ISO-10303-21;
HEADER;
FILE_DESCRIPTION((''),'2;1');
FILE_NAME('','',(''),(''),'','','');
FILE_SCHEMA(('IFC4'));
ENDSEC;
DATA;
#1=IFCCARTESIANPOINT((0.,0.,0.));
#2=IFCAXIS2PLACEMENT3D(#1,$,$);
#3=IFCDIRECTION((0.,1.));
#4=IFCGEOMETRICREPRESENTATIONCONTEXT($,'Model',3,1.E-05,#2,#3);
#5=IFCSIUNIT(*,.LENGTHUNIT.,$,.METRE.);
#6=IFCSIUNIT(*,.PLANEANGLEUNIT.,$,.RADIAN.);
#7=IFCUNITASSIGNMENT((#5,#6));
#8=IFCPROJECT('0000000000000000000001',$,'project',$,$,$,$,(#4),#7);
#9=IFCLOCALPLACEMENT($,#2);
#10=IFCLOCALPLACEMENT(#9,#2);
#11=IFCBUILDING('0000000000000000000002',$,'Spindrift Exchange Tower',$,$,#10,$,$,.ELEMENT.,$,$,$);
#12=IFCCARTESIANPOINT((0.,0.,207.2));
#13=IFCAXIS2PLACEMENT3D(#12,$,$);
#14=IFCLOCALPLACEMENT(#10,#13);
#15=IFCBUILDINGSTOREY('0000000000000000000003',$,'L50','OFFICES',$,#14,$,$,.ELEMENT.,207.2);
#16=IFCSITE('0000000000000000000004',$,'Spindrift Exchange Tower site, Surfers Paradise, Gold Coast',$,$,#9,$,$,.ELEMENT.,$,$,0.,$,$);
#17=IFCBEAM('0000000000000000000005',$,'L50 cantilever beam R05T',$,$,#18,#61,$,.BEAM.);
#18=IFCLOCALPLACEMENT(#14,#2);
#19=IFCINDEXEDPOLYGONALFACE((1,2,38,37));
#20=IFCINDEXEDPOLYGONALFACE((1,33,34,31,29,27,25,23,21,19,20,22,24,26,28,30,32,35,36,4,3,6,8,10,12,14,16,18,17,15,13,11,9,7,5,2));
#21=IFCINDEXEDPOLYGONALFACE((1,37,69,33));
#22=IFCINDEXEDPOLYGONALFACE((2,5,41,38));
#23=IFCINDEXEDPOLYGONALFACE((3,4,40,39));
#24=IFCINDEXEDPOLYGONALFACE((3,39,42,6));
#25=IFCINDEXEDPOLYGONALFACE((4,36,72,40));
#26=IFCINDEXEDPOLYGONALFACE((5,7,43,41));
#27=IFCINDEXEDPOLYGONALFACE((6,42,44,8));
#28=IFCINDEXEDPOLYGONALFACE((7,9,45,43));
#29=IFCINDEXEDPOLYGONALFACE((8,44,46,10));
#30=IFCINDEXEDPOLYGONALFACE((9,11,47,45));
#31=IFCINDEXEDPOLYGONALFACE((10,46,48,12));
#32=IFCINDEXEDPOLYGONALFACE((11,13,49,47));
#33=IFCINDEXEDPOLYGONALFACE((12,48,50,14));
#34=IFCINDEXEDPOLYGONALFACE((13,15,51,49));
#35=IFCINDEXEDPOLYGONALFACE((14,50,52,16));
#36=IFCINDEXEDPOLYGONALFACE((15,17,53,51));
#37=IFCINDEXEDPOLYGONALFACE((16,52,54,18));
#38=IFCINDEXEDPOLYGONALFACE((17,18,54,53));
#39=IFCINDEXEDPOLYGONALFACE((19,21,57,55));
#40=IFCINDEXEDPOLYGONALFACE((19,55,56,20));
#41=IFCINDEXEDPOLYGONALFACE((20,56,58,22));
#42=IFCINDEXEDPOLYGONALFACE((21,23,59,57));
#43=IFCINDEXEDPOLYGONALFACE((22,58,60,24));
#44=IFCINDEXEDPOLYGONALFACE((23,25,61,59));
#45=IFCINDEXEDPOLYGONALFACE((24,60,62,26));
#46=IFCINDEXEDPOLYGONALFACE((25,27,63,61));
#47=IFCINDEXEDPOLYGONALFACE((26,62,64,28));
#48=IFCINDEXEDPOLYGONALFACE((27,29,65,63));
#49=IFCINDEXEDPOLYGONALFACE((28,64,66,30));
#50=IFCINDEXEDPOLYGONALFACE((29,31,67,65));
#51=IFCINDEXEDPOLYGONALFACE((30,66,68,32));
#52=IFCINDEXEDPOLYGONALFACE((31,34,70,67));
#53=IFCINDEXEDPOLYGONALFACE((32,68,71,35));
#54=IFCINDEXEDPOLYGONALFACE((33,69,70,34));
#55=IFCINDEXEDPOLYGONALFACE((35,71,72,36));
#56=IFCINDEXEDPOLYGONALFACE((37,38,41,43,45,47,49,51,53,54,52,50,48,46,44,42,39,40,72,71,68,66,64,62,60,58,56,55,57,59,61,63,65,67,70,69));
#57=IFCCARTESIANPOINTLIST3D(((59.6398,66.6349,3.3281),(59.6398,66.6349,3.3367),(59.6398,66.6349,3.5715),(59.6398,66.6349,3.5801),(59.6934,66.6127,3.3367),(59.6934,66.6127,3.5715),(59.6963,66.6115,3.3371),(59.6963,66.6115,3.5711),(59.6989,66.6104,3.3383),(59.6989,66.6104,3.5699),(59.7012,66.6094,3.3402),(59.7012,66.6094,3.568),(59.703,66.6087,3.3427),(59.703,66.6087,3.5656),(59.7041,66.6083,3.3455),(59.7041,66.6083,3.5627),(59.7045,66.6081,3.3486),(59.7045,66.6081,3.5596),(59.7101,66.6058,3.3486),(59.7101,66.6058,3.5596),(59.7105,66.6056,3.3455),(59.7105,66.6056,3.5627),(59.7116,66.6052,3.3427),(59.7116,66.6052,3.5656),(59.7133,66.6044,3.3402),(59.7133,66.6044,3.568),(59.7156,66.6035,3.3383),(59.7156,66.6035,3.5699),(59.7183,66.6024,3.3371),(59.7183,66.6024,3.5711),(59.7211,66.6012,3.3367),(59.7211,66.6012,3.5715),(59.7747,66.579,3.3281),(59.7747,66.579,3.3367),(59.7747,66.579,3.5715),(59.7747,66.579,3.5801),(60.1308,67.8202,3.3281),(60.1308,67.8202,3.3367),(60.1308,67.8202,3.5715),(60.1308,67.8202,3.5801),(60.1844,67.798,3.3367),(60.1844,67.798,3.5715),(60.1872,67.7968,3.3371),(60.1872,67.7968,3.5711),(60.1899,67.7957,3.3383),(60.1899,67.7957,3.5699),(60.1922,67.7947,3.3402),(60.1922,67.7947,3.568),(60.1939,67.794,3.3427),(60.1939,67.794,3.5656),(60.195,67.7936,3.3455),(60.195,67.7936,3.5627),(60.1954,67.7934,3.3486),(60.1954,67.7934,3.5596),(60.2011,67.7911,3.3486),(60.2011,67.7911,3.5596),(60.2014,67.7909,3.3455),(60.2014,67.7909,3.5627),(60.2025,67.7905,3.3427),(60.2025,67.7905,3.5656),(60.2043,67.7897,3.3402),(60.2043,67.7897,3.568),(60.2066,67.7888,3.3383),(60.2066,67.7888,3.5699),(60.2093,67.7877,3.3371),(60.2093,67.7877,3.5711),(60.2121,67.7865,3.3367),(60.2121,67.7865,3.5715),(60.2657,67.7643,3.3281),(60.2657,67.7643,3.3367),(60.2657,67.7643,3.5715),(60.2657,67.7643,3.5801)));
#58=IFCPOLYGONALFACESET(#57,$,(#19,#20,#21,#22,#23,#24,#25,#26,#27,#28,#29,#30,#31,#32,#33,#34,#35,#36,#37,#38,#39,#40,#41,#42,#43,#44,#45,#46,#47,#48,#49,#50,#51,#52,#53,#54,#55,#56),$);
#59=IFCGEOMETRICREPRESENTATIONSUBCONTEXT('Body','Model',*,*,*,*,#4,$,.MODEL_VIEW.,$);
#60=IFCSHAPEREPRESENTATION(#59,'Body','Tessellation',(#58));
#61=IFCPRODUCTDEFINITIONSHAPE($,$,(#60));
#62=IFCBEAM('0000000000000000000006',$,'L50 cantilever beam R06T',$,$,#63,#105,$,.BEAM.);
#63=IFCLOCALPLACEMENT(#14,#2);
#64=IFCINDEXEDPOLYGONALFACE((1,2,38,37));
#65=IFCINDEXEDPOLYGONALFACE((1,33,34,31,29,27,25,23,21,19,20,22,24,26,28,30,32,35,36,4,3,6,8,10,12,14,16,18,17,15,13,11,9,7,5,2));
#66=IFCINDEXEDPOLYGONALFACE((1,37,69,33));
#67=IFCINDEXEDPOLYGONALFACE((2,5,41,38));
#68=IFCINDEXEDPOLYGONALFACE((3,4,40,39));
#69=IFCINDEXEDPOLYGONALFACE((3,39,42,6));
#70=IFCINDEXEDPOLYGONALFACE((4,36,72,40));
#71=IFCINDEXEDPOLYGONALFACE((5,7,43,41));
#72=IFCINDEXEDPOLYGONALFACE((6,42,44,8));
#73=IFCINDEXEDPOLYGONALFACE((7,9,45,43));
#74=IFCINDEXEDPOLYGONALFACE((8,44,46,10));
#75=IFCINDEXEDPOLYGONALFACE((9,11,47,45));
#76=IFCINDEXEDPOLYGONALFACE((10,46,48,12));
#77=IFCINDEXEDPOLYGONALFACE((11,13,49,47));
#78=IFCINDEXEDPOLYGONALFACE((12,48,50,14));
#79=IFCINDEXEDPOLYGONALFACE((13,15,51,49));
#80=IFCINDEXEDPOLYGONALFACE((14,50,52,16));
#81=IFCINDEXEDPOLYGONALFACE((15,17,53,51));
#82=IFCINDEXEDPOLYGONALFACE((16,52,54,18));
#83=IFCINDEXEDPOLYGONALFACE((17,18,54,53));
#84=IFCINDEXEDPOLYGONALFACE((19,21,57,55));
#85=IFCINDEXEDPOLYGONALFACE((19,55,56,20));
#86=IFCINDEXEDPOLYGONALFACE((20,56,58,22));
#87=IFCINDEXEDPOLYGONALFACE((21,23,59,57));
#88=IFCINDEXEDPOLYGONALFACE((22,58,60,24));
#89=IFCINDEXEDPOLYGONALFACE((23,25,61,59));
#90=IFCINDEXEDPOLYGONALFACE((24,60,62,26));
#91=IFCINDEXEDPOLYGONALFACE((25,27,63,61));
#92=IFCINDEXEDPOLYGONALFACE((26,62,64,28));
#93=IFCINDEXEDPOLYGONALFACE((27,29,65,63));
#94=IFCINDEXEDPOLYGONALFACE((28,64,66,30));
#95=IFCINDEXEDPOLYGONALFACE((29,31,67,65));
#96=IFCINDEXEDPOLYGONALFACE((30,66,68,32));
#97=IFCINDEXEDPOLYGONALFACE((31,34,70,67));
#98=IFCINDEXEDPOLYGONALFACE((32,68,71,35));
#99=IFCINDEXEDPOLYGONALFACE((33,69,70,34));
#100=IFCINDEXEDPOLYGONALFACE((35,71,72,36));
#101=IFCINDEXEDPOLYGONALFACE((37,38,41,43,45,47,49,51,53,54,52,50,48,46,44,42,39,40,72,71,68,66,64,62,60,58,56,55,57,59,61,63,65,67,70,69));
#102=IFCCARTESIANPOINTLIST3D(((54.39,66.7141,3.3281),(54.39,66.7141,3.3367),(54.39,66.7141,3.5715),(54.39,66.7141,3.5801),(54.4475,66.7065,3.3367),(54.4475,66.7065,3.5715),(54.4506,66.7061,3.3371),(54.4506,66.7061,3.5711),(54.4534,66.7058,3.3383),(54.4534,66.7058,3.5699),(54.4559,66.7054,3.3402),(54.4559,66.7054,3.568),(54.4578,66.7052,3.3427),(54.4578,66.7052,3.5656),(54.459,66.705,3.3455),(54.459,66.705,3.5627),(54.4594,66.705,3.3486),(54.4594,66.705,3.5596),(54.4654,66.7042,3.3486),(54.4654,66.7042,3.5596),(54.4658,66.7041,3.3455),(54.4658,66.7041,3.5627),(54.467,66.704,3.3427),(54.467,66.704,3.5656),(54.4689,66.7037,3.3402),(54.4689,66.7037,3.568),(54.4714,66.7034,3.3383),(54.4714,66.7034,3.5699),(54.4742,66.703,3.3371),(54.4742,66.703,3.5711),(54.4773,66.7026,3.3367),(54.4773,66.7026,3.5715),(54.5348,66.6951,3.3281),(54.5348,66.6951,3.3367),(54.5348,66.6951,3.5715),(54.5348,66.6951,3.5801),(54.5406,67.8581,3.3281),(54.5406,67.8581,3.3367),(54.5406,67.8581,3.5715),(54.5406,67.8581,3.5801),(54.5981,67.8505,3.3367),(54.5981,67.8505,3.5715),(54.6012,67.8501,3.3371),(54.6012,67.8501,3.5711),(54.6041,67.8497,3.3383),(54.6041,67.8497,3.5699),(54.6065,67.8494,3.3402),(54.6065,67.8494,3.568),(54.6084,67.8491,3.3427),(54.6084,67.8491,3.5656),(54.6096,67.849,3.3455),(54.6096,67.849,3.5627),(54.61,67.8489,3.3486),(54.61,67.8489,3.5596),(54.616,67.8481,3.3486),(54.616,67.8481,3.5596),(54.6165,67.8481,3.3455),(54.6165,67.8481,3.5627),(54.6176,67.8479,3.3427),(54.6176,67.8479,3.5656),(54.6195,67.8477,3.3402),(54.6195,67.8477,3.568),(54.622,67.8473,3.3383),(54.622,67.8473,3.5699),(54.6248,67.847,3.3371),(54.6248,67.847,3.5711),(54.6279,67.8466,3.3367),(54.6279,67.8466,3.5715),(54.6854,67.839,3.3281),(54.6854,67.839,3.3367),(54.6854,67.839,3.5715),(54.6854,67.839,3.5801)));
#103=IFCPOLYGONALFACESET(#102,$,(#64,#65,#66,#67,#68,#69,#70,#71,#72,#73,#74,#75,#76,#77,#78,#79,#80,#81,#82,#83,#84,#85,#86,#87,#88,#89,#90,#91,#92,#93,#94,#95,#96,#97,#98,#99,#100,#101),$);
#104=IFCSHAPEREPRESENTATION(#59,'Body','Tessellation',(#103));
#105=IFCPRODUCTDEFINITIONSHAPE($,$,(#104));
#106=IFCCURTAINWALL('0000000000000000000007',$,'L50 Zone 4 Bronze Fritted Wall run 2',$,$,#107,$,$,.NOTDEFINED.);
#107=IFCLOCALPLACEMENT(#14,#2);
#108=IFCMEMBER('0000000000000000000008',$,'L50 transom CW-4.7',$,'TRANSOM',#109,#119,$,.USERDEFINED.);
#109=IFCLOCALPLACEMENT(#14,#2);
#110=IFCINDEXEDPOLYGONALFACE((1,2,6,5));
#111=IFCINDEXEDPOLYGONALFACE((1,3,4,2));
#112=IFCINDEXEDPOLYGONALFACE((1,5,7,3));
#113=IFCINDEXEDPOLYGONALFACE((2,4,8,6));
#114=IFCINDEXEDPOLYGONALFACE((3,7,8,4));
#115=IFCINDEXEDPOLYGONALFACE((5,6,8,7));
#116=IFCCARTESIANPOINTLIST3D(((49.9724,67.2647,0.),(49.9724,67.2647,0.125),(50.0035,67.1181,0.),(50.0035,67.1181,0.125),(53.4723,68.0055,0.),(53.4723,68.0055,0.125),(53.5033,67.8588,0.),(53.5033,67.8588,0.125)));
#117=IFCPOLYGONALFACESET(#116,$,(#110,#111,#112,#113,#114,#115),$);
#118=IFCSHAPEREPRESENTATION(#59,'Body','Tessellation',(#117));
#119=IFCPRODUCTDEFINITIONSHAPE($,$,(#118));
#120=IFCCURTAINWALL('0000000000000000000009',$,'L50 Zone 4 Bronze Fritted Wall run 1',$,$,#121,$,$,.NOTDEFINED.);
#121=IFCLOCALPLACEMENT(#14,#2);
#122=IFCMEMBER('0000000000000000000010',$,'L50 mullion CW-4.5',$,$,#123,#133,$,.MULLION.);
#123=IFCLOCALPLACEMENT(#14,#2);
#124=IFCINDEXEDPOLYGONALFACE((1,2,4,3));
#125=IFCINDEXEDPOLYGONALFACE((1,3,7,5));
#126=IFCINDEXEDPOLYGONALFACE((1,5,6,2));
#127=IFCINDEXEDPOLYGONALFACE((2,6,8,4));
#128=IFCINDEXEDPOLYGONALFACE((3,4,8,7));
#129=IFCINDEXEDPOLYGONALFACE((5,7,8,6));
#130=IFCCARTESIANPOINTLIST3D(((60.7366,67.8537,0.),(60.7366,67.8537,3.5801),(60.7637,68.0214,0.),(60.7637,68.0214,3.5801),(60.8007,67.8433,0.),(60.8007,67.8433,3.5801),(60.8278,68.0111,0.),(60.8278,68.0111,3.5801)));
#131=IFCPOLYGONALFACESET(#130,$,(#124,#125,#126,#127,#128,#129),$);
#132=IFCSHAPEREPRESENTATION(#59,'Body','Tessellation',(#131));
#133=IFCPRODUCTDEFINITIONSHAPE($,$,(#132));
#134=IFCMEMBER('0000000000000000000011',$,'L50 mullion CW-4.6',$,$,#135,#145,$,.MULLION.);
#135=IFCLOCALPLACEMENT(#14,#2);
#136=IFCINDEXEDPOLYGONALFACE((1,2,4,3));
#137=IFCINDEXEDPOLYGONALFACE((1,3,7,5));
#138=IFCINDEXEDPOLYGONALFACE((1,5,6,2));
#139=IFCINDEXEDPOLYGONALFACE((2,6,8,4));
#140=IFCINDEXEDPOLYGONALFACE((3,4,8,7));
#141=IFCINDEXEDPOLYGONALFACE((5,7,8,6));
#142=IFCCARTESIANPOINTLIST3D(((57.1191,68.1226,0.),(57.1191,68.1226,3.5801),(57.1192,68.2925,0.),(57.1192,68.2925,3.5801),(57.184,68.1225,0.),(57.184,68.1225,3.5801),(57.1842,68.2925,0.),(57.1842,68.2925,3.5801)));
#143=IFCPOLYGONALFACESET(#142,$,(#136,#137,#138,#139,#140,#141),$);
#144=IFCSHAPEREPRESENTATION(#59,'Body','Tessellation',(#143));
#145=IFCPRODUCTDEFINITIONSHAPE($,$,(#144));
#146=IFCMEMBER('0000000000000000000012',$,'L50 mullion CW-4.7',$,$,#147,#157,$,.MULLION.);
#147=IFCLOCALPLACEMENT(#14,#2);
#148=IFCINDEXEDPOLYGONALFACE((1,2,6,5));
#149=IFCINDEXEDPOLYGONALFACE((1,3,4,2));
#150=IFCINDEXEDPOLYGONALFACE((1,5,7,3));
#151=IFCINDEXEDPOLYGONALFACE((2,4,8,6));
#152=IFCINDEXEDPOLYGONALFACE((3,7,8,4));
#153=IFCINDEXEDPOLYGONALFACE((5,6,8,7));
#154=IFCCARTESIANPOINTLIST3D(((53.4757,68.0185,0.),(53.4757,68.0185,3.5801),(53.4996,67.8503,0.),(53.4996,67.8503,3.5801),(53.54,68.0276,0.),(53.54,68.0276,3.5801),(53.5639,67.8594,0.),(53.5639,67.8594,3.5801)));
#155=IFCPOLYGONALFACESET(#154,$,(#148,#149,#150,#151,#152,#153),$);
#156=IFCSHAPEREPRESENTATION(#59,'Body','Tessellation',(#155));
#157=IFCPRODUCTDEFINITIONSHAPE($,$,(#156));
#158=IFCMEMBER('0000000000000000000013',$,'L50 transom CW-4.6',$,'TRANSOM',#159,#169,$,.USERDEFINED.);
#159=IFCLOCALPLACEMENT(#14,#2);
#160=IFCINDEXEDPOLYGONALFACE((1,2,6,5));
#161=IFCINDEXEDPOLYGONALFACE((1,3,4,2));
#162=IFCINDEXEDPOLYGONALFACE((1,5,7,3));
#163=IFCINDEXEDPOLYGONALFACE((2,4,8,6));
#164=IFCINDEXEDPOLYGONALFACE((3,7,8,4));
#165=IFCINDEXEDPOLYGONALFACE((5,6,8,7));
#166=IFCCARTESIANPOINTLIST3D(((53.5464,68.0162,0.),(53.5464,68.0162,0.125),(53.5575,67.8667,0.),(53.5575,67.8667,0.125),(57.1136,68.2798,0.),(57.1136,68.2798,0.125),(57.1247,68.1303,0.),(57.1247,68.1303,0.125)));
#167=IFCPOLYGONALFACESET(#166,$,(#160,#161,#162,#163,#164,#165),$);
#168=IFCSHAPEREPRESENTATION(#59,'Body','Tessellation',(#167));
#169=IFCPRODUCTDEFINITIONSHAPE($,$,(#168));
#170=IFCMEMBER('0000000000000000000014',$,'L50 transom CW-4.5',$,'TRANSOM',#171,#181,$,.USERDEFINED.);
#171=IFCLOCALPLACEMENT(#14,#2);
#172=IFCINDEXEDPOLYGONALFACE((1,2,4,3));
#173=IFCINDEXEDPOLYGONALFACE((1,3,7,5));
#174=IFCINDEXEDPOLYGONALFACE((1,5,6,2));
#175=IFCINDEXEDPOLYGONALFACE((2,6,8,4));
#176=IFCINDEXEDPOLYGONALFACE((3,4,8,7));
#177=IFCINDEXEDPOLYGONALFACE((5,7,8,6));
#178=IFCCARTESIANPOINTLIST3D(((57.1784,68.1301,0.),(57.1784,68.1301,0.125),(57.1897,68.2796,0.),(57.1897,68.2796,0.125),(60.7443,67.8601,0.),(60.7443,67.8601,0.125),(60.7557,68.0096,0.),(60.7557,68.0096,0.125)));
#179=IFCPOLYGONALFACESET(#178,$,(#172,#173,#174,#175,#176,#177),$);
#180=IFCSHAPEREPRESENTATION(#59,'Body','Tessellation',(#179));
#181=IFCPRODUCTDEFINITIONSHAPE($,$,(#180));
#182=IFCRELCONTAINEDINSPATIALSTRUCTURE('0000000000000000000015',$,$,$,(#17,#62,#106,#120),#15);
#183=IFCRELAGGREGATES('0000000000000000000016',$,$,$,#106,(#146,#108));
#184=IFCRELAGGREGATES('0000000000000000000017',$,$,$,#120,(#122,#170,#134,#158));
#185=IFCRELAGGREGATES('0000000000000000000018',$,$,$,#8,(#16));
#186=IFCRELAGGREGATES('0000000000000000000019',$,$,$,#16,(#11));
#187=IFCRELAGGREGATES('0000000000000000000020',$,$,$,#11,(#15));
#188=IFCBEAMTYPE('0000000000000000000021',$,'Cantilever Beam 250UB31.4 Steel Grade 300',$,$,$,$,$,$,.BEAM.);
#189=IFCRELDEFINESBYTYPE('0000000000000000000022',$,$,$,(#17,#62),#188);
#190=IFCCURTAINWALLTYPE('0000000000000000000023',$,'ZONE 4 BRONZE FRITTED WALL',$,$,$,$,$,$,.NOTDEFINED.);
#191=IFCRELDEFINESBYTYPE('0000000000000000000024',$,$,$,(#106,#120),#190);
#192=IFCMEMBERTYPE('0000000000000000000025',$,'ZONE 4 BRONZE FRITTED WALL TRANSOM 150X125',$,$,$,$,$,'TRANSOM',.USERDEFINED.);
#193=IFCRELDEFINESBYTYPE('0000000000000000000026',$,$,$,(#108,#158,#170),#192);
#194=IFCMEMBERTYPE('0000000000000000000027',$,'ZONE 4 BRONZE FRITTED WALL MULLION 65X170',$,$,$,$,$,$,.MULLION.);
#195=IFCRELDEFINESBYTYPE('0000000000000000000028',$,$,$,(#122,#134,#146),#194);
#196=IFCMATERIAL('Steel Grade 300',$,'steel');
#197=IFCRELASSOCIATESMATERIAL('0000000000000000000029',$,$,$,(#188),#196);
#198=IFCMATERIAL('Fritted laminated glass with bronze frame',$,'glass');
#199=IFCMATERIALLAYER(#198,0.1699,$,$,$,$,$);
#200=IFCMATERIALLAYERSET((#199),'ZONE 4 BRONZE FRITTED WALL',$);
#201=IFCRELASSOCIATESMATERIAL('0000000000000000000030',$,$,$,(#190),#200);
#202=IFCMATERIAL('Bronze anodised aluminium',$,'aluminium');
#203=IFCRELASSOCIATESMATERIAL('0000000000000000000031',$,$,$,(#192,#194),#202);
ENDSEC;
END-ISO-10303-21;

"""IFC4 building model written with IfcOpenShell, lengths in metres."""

from ifc_helpers import new_model, si_unit, direction, frame, origin, origin_2d, place, context, subcontext, project, spatial, rectangle, i_section, extrude, source, transform, mapped, material, layer, layer_set, material_profile, profile_set, type_object, element, aggregate, save


model = new_model("IFC4")

# Units and contexts
model_context = context("Model", 3, precision=1e-05, world=origin(), true_north=direction((0.0, 1.0)))
body_context = subcontext(model_context, "Body", "Model", "MODEL_VIEW")
ifc_project = project(units=[si_unit("LENGTHUNIT", "METRE"), si_unit("PLANEANGLEUNIT", "RADIAN")], contexts=[model_context])

# Site, building, storey
site_placement = place(None, origin())
site = spatial("IfcSite", under=ifc_project, at=site_placement, Name="Spindrift Exchange Tower site, Surfers Paradise, Gold Coast", CompositionType="ELEMENT", RefElevation=0.0)
building_placement = place(site_placement, origin())
building = spatial("IfcBuilding", under=site, at=building_placement, Name="Spindrift Exchange Tower", CompositionType="ELEMENT")
storey_placement = place(building_placement, frame((0.0, 0.0, 207.2)))
storey = spatial("IfcBuildingStorey", under=building, at=storey_placement, Name="L50", Description="OFFICES", CompositionType="ELEMENT", Elevation=207.2)

# Beams
ifc_material_1 = material(Name="Steel Grade 300", Category="steel")
ifc_material_profile_1 = material_profile(ifc_material_1, i_section(OverallWidth=0.146, OverallDepth=0.252, WebThickness=0.0061, FlangeThickness=0.0085, FilletRadius=0.012, at=origin_2d()), Name="250UB31.4")
ifc_profile_set_1 = profile_set([ifc_material_profile_1], Name="Steel Grade 300")
beam_type_1 = type_object("IfcBeamType", Name="Cantilever Beam 250UB31.4 Steel Grade 300", PredefinedType="BEAM", material=ifc_profile_set_1)
shared_shape_1 = source(origin(), body_context, "Body", "SweptSolid", [
    extrude(i_section(OverallWidth=0.146, OverallDepth=0.252, WebThickness=0.0061, FlangeThickness=0.0085, FilletRadius=0.012, at=origin_2d()), origin(), (0.0, 0.0, 1.0), 1.283),
])
beam_1_placement = place(storey_placement, frame((59.7073, 66.6069, 3.4541), z_axis=(0.382682, 0.92388, 0.0), x_axis=(-0.92388, 0.382682, 0.0)))
element("IfcBeam", 1, at=beam_1_placement, inside=storey, type_object=beam_type_1, Name="L50 cantilever beam R05T", PredefinedType="BEAM", context=body_context, shape_type="MappedRepresentation", body=[
    mapped(shared_shape_1, transform((0.0, 0.0, 0.0), scale=1.0)),
])
shared_shape_2 = source(origin(), body_context, "Body", "SweptSolid", [
    extrude(i_section(OverallWidth=0.146, OverallDepth=0.252, WebThickness=0.0061, FlangeThickness=0.0085, FilletRadius=0.012, at=origin_2d()), origin(), (0.0, 0.0, 1.0), 1.1538),
])
beam_2_placement = place(storey_placement, frame((54.4624, 66.7046, 3.4541), z_axis=(0.130542, 0.991443, 0.0), x_axis=(-0.991443, 0.130542, 0.0)))
element("IfcBeam", 2, at=beam_2_placement, inside=storey, type_object=beam_type_1, Name="L50 cantilever beam R06T", PredefinedType="BEAM", context=body_context, shape_type="MappedRepresentation", body=[
    mapped(shared_shape_2, transform((0.0, 0.0, 0.0), scale=1.0)),
])

# Curtain wall, member
ifc_material_2 = material(Name="Fritted laminated glass with bronze frame", Category="glass")
ifc_layer_1 = layer(ifc_material_2, 0.1699)
ifc_layer_set_1 = layer_set([ifc_layer_1], Name="ZONE 4 BRONZE FRITTED WALL")
curtain_wall_type = type_object("IfcCurtainWallType", Name="ZONE 4 BRONZE FRITTED WALL", PredefinedType="NOTDEFINED", material=ifc_layer_set_1)
curtain_wall_1_placement = place(storey_placement, origin())
curtain_wall_1 = element("IfcCurtainWall", 3, at=curtain_wall_1_placement, inside=storey, type_object=curtain_wall_type, Name="L50 Zone 4 Bronze Fritted Wall run 2", PredefinedType="NOTDEFINED")
ifc_material_3 = material(Name="Bronze anodised aluminium", Category="aluminium")
ifc_material_profile_2 = material_profile(ifc_material_3, rectangle(XDim=0.1499, YDim=0.125, at=origin_2d()), Name="ZONE 4 BRONZE FRITTED WALL TRANSOM 150X125")
ifc_profile_set_2 = profile_set([ifc_material_profile_2], Name="Bronze anodised aluminium")
member_type_1 = type_object("IfcMemberType", Name="ZONE 4 BRONZE FRITTED WALL TRANSOM 150X125", ElementType="TRANSOM", PredefinedType="USERDEFINED", material=ifc_profile_set_2)
shared_shape_3 = source(origin(), body_context, "Body", "SweptSolid", [
    extrude(rectangle(XDim=0.1499, YDim=0.125, at=origin_2d()), origin(), (0.0, 0.0, 1.0), 3.5774),
])
member_1_placement = place(storey_placement, frame((53.4878, 67.9321, 0.0625), z_axis=(-0.978328, -0.207063, 0.0), x_axis=(0.207063, -0.978328, 0.0)))
member_1 = element("IfcMember", 4, at=member_1_placement, type_object=member_type_1, Name="L50 transom CW-4.7", ObjectType="TRANSOM", PredefinedType="USERDEFINED", context=body_context, shape_type="MappedRepresentation", body=[
    mapped(shared_shape_3, transform((0.0, 0.0, 0.0), scale=1.0)),
])

# Curtain wall, members
curtain_wall_2_placement = place(storey_placement, origin())
curtain_wall_2 = element("IfcCurtainWall", 5, at=curtain_wall_2_placement, inside=storey, type_object=curtain_wall_type, Name="L50 Zone 4 Bronze Fritted Wall run 1", PredefinedType="NOTDEFINED")
ifc_material_profile_3 = material_profile(ifc_material_3, rectangle(XDim=0.0649, YDim=0.1699, at=origin_2d()), Name="ZONE 4 BRONZE FRITTED WALL MULLION 65X170")
ifc_profile_set_3 = profile_set([ifc_material_profile_3], Name="Bronze anodised aluminium")
member_type_2 = type_object("IfcMemberType", Name="ZONE 4 BRONZE FRITTED WALL MULLION 65X170", PredefinedType="MULLION", material=ifc_profile_set_3)
shared_shape_4 = source(origin(), body_context, "Body", "SweptSolid", [
    extrude(rectangle(XDim=0.0649, YDim=0.1699, at=origin_2d()), origin(), (0.0, 0.0, 1.0), 3.5801),
])
member_2_placement = place(storey_placement, frame((60.7822, 67.9324, 0.0), z_axis=(0.0, 0.0, 1.0), x_axis=(-0.987191, 0.159544, 0.0)))
member_2 = element("IfcMember", 6, at=member_2_placement, type_object=member_type_2, Name="L50 mullion CW-4.5", PredefinedType="MULLION", context=body_context, shape_type="MappedRepresentation", body=[
    mapped(shared_shape_4, transform((0.0, 0.0, 0.0), scale=1.0)),
])
member_3_placement = place(storey_placement, frame((57.1516, 68.2075, 0.0), z_axis=(0.0, 0.0, 1.0), x_axis=(-1.0, 0.000916, 0.0)))
member_3 = element("IfcMember", 7, at=member_3_placement, type_object=member_type_2, Name="L50 mullion CW-4.6", PredefinedType="MULLION", context=body_context, shape_type="MappedRepresentation", body=[
    mapped(shared_shape_4, transform((0.0, 0.0, 0.0), scale=1.0)),
])

# Members
member_4_placement = place(storey_placement, frame((53.5198, 67.939, 0.0), z_axis=(0.0, 0.0, 1.0), x_axis=(-0.990048, -0.140729, 0.0)))
member_4 = element("IfcMember", 8, at=member_4_placement, type_object=member_type_2, Name="L50 mullion CW-4.7", PredefinedType="MULLION", context=body_context, shape_type="MappedRepresentation", body=[
    mapped(shared_shape_4, transform((0.0, 0.0, 0.0), scale=1.0)),
])
aggregate(curtain_wall_1, [member_4, member_1])
shared_shape_5 = source(origin(), body_context, "Body", "SweptSolid", [
    extrude(rectangle(XDim=0.1499, YDim=0.125, at=origin_2d()), origin(), (0.0, 0.0, 1.0), 3.5769),
])
member_5_placement = place(storey_placement, frame((57.1191, 68.2051, 0.0625), z_axis=(-0.997279, -0.073716, 0.0), x_axis=(0.073716, -0.997279, 0.0)))
member_5 = element("IfcMember", 9, at=member_5_placement, type_object=member_type_1, Name="L50 transom CW-4.6", ObjectType="TRANSOM", PredefinedType="USERDEFINED", context=body_context, shape_type="MappedRepresentation", body=[
    mapped(shared_shape_5, transform((0.0, 0.0, 0.0), scale=1.0)),
])
shared_shape_6 = source(origin(), body_context, "Body", "SweptSolid", [
    extrude(rectangle(XDim=0.1499, YDim=0.125, at=origin_2d()), origin(), (0.0, 0.0, 1.0), 3.5762),
])
member_6_placement = place(storey_placement, frame((60.75, 67.9348, 0.0625), z_axis=(-0.997145, 0.075506, 0.0), x_axis=(-0.075506, -0.997145, 0.0)))
member_6 = element("IfcMember", 10, at=member_6_placement, type_object=member_type_1, Name="L50 transom CW-4.5", ObjectType="TRANSOM", PredefinedType="USERDEFINED", context=body_context, shape_type="MappedRepresentation", body=[
    mapped(shared_shape_6, transform((0.0, 0.0, 0.0), scale=1.0)),
])

aggregate(curtain_wall_2, [member_2, member_6, member_3, member_5])

save(model, "model.ifc")
